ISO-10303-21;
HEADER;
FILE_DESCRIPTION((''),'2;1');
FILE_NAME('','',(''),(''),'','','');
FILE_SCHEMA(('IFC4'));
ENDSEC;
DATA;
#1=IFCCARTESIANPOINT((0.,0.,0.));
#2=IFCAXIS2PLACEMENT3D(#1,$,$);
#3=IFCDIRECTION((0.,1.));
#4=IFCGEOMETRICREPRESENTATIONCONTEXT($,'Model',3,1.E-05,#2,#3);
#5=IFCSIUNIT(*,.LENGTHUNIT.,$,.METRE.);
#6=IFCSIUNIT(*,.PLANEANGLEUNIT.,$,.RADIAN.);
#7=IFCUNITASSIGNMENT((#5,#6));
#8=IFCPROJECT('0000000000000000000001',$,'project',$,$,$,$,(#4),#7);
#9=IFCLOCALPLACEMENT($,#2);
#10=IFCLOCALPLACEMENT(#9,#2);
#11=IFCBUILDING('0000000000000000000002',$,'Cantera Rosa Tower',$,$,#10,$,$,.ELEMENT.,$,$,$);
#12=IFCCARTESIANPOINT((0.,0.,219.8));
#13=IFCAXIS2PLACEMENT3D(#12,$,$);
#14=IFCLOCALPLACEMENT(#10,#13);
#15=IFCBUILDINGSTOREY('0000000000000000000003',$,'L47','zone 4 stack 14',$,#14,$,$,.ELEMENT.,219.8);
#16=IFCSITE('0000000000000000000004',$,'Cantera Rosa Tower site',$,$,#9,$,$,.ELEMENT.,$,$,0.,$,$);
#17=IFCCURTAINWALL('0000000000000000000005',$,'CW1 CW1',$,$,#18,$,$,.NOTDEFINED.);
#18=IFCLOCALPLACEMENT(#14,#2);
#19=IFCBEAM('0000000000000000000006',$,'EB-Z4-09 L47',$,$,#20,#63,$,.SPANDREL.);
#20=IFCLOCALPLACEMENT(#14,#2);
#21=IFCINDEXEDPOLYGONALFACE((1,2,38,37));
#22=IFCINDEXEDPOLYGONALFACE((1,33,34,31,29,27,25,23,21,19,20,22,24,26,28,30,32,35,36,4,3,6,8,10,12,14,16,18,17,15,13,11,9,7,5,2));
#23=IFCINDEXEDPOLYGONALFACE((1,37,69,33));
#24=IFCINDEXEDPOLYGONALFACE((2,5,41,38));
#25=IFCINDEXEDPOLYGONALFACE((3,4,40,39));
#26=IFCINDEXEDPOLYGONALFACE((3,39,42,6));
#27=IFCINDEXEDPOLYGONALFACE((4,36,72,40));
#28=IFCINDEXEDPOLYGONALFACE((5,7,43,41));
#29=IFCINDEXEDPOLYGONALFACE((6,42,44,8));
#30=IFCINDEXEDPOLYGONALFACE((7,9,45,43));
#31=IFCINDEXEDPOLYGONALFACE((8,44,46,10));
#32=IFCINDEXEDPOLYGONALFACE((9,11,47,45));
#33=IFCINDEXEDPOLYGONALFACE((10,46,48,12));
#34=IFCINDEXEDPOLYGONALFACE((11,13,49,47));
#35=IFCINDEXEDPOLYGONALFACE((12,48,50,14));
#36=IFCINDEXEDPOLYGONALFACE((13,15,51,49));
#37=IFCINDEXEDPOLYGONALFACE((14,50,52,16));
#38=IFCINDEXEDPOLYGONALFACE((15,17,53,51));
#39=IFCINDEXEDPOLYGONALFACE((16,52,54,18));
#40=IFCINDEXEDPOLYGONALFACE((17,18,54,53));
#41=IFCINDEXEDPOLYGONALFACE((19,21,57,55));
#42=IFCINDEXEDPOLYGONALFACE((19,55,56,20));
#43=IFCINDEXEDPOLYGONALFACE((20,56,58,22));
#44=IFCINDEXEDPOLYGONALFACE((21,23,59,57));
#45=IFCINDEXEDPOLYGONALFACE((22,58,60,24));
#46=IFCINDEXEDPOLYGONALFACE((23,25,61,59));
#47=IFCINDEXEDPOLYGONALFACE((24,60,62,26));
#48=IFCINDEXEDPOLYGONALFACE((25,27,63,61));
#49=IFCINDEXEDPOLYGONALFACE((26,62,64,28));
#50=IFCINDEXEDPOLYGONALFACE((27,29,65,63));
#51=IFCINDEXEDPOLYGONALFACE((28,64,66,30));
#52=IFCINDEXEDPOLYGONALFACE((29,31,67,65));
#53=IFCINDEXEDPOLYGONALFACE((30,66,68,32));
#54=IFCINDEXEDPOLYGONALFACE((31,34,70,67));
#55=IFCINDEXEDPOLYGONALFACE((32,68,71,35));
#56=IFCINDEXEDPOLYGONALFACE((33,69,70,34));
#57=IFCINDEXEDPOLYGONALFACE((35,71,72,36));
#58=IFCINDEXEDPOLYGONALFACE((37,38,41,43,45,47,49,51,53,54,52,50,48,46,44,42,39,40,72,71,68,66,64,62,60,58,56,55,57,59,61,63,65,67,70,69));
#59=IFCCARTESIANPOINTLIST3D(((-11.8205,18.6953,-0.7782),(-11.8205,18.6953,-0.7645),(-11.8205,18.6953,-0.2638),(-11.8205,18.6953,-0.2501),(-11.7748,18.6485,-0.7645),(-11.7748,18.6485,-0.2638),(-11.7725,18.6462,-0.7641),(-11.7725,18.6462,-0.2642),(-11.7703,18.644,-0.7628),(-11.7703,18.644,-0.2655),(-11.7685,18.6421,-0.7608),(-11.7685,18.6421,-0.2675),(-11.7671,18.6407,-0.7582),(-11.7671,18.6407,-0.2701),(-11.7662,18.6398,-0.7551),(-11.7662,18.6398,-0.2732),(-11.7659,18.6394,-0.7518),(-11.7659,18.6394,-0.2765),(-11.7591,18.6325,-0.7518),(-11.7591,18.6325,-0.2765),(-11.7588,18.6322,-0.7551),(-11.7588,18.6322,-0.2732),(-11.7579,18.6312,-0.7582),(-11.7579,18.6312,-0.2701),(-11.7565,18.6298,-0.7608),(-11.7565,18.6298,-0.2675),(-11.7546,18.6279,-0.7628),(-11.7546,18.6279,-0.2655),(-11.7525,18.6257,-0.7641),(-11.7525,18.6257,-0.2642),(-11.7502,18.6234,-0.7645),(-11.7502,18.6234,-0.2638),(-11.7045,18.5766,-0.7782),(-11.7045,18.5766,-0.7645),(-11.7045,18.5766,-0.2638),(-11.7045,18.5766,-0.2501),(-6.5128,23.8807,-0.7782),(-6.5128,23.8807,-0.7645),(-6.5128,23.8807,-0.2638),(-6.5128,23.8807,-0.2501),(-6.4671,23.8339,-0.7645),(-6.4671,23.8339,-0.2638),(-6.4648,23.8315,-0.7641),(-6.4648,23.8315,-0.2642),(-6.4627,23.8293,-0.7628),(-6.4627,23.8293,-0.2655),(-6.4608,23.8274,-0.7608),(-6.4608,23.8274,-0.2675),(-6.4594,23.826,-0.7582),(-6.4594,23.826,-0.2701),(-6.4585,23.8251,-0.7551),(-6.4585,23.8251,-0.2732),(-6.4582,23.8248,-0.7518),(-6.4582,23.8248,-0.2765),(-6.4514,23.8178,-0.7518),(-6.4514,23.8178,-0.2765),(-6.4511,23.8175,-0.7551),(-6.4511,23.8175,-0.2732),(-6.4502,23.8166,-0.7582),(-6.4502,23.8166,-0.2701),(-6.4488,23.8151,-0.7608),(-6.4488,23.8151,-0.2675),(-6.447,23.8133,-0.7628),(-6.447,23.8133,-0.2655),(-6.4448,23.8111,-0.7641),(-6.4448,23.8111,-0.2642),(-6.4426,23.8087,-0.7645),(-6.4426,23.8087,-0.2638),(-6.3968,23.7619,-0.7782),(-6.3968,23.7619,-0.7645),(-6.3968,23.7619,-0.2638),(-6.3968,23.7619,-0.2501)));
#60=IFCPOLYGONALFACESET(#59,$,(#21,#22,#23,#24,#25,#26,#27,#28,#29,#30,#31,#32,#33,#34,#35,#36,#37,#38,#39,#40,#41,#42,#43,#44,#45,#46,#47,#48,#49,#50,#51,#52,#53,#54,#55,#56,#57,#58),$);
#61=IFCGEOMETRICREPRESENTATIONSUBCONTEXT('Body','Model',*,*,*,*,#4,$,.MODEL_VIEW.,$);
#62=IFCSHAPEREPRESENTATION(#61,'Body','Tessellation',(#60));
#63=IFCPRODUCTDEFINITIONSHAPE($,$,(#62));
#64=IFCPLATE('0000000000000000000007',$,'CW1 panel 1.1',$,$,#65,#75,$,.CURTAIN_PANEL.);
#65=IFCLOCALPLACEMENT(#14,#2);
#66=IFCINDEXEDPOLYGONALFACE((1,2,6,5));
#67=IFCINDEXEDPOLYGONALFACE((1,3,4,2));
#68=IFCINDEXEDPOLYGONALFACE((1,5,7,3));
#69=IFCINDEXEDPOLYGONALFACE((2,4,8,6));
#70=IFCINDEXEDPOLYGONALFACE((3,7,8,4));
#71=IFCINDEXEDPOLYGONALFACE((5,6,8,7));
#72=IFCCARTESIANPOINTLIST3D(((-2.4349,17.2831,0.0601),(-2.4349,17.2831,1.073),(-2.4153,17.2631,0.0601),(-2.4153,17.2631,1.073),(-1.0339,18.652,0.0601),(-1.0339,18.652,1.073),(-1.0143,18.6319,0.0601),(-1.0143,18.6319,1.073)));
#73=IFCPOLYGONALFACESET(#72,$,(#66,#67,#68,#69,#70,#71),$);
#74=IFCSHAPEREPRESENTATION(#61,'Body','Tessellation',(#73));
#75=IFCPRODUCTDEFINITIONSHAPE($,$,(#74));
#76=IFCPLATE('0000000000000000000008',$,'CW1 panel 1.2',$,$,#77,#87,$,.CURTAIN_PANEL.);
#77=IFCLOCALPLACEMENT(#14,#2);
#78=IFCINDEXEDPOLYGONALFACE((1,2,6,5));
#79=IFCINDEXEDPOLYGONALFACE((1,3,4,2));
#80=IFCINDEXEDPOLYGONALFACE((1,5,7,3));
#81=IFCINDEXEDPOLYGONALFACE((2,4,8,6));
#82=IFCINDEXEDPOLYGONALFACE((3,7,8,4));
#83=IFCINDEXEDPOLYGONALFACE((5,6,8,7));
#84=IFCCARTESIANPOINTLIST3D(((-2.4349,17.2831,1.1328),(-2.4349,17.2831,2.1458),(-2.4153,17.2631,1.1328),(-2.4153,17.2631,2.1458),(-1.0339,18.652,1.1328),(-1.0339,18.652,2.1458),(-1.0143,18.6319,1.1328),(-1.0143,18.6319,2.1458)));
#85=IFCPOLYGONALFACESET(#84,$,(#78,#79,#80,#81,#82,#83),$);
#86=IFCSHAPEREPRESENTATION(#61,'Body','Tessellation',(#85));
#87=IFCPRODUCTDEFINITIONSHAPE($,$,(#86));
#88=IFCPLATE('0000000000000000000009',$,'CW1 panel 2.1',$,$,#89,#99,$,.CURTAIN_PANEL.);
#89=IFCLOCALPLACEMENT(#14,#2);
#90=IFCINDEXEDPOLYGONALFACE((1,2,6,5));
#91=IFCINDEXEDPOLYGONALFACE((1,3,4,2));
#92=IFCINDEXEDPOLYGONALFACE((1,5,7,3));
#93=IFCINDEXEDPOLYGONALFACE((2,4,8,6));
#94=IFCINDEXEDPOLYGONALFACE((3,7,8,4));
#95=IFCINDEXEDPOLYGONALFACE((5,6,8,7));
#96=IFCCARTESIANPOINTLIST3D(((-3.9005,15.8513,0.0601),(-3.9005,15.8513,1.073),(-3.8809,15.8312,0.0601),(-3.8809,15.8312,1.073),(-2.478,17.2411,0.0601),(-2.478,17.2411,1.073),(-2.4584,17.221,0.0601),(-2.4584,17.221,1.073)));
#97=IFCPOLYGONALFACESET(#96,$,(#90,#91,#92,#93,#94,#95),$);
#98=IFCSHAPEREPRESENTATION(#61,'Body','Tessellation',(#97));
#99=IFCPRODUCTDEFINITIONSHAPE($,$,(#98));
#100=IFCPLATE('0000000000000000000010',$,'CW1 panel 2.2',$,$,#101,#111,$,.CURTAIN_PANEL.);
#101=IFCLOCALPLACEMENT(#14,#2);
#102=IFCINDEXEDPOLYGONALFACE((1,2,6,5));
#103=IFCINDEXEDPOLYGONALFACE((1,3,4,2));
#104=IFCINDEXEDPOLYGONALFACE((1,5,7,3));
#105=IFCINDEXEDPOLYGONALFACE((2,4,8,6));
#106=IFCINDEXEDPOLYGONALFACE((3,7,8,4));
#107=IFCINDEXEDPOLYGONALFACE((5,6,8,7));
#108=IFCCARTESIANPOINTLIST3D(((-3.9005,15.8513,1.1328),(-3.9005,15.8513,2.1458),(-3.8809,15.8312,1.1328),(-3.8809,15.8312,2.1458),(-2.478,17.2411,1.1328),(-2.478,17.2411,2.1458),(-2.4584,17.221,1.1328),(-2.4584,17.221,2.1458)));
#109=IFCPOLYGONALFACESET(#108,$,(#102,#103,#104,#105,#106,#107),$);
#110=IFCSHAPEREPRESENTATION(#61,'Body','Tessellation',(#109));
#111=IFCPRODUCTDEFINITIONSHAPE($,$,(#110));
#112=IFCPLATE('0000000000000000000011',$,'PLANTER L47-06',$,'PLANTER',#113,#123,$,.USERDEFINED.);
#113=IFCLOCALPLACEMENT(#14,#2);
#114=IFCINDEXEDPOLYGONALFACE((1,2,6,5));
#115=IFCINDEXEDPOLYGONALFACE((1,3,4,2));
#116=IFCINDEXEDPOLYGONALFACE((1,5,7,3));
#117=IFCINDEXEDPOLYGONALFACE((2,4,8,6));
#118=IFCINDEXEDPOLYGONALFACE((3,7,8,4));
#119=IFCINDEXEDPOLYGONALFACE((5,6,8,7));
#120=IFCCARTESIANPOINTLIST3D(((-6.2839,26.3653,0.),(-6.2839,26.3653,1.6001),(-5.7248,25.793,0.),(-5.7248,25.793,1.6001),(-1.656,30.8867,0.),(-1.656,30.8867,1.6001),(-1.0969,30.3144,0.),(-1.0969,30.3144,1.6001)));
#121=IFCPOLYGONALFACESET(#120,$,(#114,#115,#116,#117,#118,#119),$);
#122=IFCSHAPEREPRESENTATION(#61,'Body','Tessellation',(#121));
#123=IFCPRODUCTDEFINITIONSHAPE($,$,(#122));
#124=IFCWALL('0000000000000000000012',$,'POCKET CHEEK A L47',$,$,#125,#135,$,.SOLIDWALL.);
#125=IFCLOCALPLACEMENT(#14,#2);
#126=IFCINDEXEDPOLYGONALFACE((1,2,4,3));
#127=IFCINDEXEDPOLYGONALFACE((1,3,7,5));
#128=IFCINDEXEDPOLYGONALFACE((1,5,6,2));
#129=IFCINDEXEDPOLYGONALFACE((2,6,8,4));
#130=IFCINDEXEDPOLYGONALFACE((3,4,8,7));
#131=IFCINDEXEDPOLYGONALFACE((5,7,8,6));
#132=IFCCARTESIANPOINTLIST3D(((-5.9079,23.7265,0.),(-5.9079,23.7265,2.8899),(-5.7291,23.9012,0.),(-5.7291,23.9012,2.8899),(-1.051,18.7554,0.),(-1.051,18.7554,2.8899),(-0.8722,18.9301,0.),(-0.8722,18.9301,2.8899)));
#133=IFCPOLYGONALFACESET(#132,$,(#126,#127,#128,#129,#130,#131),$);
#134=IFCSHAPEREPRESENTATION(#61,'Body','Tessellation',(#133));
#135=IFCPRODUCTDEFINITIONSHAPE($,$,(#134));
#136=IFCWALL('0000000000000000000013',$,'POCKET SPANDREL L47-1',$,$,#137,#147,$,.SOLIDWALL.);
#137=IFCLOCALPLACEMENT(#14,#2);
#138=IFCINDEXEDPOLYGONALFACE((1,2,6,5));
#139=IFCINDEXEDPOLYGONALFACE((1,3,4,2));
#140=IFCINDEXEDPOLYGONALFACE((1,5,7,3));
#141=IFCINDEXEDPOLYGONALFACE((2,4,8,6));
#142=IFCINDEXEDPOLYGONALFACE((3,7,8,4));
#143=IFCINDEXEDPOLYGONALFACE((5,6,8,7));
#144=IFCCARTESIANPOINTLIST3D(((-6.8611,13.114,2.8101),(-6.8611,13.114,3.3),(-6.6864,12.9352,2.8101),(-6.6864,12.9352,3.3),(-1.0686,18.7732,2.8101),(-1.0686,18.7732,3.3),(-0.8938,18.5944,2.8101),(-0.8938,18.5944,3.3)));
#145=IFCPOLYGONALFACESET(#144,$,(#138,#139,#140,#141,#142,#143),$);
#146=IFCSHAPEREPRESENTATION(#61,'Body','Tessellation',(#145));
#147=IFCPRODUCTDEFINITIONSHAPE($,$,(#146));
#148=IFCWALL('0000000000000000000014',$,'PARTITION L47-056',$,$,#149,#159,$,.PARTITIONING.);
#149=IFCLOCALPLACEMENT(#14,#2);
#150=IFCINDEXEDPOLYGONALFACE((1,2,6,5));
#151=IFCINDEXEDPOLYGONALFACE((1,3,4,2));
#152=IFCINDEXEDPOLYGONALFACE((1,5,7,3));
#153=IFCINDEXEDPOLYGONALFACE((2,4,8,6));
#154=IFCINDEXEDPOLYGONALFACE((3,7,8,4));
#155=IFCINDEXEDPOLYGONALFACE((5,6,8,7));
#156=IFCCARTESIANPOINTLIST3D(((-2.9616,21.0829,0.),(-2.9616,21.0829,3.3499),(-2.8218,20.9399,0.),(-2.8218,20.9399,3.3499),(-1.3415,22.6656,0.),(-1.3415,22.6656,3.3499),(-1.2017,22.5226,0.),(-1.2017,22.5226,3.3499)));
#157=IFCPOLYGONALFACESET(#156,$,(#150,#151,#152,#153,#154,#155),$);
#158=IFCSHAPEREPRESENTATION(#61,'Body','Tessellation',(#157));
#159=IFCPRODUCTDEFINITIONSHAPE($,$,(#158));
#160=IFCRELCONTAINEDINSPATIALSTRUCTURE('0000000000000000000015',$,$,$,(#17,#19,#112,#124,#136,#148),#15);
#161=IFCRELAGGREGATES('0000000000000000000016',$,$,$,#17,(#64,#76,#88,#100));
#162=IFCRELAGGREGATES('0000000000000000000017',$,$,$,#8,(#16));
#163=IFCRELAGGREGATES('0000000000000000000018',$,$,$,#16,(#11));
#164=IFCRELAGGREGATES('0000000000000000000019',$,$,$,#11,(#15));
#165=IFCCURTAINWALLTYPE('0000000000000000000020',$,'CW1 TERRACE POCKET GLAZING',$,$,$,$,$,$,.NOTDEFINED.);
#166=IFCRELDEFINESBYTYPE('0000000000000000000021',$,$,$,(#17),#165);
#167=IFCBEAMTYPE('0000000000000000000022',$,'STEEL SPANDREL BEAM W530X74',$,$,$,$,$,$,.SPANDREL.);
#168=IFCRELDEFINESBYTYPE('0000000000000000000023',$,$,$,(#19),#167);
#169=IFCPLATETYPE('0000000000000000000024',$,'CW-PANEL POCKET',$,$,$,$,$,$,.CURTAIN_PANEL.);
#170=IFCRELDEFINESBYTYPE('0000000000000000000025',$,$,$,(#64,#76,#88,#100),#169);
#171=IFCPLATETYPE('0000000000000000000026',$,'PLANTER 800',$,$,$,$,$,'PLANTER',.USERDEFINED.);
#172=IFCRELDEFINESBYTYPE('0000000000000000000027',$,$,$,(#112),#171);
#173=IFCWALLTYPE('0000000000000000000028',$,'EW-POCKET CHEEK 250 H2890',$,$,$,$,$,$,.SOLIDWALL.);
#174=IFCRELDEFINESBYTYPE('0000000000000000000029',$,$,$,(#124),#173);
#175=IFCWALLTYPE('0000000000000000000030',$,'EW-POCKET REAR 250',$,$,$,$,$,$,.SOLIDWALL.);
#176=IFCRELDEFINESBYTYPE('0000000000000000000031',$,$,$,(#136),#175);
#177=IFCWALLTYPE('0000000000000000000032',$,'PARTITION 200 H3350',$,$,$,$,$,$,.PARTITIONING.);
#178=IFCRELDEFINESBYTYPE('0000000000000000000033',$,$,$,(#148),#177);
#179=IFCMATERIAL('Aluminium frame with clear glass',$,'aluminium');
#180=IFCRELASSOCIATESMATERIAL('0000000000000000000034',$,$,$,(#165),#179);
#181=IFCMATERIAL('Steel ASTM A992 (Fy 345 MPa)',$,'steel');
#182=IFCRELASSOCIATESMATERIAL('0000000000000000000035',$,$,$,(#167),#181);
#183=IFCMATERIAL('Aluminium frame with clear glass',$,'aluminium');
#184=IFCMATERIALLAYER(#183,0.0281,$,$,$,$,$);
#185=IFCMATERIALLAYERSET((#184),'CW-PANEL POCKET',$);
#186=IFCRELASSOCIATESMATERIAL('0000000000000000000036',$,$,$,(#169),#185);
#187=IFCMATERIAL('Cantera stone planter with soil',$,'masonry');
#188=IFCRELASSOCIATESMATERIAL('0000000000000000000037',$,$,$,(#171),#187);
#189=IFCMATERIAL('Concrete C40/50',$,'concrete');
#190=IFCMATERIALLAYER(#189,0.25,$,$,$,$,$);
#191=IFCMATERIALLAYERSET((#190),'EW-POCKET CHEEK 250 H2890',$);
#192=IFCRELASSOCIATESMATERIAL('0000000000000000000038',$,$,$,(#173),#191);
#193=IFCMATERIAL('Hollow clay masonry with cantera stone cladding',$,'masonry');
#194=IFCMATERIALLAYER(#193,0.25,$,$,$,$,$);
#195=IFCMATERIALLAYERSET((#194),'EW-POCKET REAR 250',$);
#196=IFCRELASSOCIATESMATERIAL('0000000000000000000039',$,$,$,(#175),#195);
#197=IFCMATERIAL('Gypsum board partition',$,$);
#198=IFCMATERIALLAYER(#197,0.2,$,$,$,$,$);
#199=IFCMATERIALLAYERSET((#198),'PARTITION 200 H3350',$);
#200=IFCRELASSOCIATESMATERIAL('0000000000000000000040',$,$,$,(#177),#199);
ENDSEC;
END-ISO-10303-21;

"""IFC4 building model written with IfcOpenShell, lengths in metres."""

from ifc_helpers import new_model, si_unit, direction, frame, frame_2d, origin, origin_2d, place, context, subcontext, project, spatial, rectangle, i_section, extrude, material, layer, layer_set, material_profile, profile_set, type_object, element, aggregate, save


model = new_model("IFC4")

# Units and contexts
model_context = context("Model", 3, precision=1e-05, world=origin(), true_north=direction((0.0, 1.0)))
body_context = subcontext(model_context, "Body", "Model", "MODEL_VIEW")
ifc_project = project(units=[si_unit("LENGTHUNIT", "METRE"), si_unit("PLANEANGLEUNIT", "RADIAN")], contexts=[model_context])

# Site, building, storey
site_placement = place(None, origin())
site = spatial("IfcSite", under=ifc_project, at=site_placement, Name="Cantera Rosa Tower site", CompositionType="ELEMENT", RefElevation=0.0)
building_placement = place(site_placement, origin())
building = spatial("IfcBuilding", under=site, at=building_placement, Name="Cantera Rosa Tower", CompositionType="ELEMENT")
storey_placement = place(building_placement, frame((0.0, 0.0, 219.8)))
storey = spatial("IfcBuildingStorey", under=building, at=storey_placement, Name="L47", Description="zone 4 stack 14", CompositionType="ELEMENT", Elevation=219.8)

# Curtain wall
ifc_material_1 = material(Name="Aluminium frame with clear glass", Category="aluminium")
curtain_wall_type = type_object("IfcCurtainWallType", Name="CW1 TERRACE POCKET GLAZING", PredefinedType="NOTDEFINED", material=ifc_material_1)
curtain_wall_placement = place(storey_placement, origin())
curtain_wall = element("IfcCurtainWall", 1, at=curtain_wall_placement, inside=storey, type_object=curtain_wall_type, Name="CW1 CW1", PredefinedType="NOTDEFINED")

# Beam
ifc_material_2 = material(Name="Steel ASTM A992 (Fy 345 MPa)", Category="steel")
ifc_material_profile_1 = material_profile(ifc_material_2, i_section(OverallWidth=0.166, OverallDepth=0.5281, WebThickness=0.0098, FlangeThickness=0.0137, FilletRadius=0.0127, at=origin_2d()), Name="W530X74")
ifc_profile_set_1 = profile_set([ifc_material_profile_1], Name="Steel ASTM A992 (Fy 345 MPa)")
beam_type_1 = type_object("IfcBeamType", Name="STEEL SPANDREL BEAM W530X74", PredefinedType="SPANDREL", material=ifc_profile_set_1)
beam_1_placement = place(storey_placement, frame((-6.4548, 23.8213, -0.5142), z_axis=(-0.715301, -0.698817, 0.0), x_axis=(0.698817, -0.715301, 0.0)))
element("IfcBeam", 2, at=beam_1_placement, inside=storey, type_object=beam_type_1, Name="EB-Z4-09 L47", PredefinedType="SPANDREL", context=body_context, shape_type="SweptSolid", body=[
    extrude(i_section(OverallWidth=0.166, OverallDepth=0.5281, WebThickness=0.0098, FlangeThickness=0.0137, FilletRadius=0.0127, at=origin_2d()), origin(), (0.0, 0.0, 1.0), 7.4202),
])

# Plates
ifc_material_3 = material(Name="Aluminium frame with clear glass", Category="aluminium")
ifc_layer_1 = layer(ifc_material_3, 0.0281)
ifc_layer_set_1 = layer_set([ifc_layer_1], Name="CW-PANEL POCKET")
plate_type_1 = type_object("IfcPlateType", Name="CW-PANEL POCKET", PredefinedType="CURTAIN_PANEL", material=ifc_layer_set_1)
plate_1_placement = place(storey_placement, frame((-1.7246, 17.9575, 0.0601), z_axis=(0.0, 0.0, 1.0), x_axis=(-0.715286, -0.698832, 0.0)))
plate_1 = element("IfcPlate", 3, at=plate_1_placement, type_object=plate_type_1, Name="CW1 panel 1.1", PredefinedType="CURTAIN_PANEL", context=body_context, shape_type="SweptSolid", body=[
    extrude(rectangle(XDim=1.9587, YDim=0.0281, at=origin_2d()), origin(), (0.0, 0.0, 1.0), 1.0129),
])
plate_2_placement = place(storey_placement, frame((-1.7246, 17.9575, 1.1328), z_axis=(0.0, 0.0, 1.0), x_axis=(-0.715286, -0.698832, 0.0)))
plate_2 = element("IfcPlate", 4, at=plate_2_placement, type_object=plate_type_1, Name="CW1 panel 1.2", PredefinedType="CURTAIN_PANEL", context=body_context, shape_type="SweptSolid", body=[
    extrude(rectangle(XDim=1.9587, YDim=0.0281, at=origin_2d()), origin(), (0.0, 0.0, 1.0), 1.0129),
])
plate_3_placement = place(storey_placement, frame((-3.1794, 16.5361, 0.0601), z_axis=(0.0, 0.0, 1.0), x_axis=(-0.715286, -0.698832, 0.0)))
plate_3 = element("IfcPlate", 5, at=plate_3_placement, type_object=plate_type_1, Name="CW1 panel 2.1", PredefinedType="CURTAIN_PANEL", context=body_context, shape_type="SweptSolid", body=[
    extrude(rectangle(XDim=1.9888, YDim=0.0281, at=origin_2d()), origin(), (0.0, 0.0, 1.0), 1.0129),
])
plate_4_placement = place(storey_placement, frame((-3.1794, 16.5361, 1.1328), z_axis=(0.0, 0.0, 1.0), x_axis=(-0.715286, -0.698832, 0.0)))
plate_4 = element("IfcPlate", 6, at=plate_4_placement, type_object=plate_type_1, Name="CW1 panel 2.2", PredefinedType="CURTAIN_PANEL", context=body_context, shape_type="SweptSolid", body=[
    extrude(rectangle(XDim=1.9888, YDim=0.0281, at=origin_2d()), origin(), (0.0, 0.0, 1.0), 1.0129),
])
aggregate(curtain_wall, [plate_1, plate_2, plate_3, plate_4])
ifc_material_4 = material(Name="Cantera stone planter with soil", Category="masonry")
plate_type_2 = type_object("IfcPlateType", Name="PLANTER 800", ElementType="PLANTER", PredefinedType="USERDEFINED", material=ifc_material_4)
plate_5_placement = place(storey_placement, frame((-3.6904, 28.3398, 0.0), z_axis=(0.0, 0.0, 1.0), x_axis=(-0.715286, -0.698832, 0.0)))
element("IfcPlate", 7, at=plate_5_placement, inside=storey, type_object=plate_type_2, Name="PLANTER L47-06", ObjectType="PLANTER", PredefinedType="USERDEFINED", context=body_context, shape_type="SweptSolid", body=[
    extrude(rectangle(XDim=6.47, YDim=0.8, at=origin_2d()), origin(), (0.0, 0.0, 1.0), 1.6001),
])

# Walls
ifc_material_5 = material(Name="Concrete C40/50", Category="concrete")
ifc_layer_2 = layer(ifc_material_5, 0.25)
ifc_layer_set_2 = layer_set([ifc_layer_2], Name="EW-POCKET CHEEK 250 H2890")
wall_type_1 = type_object("IfcWallType", Name="EW-POCKET CHEEK 250 H2890", PredefinedType="SOLIDWALL", material=ifc_layer_set_2)
wall_1_placement = place(storey_placement, frame((-5.8186, 23.814, 0.0), z_axis=(0.0, 0.0, 1.0), x_axis=(0.698839, -0.715279, 0.0)))
element("IfcWall", 8, at=wall_1_placement, inside=storey, type_object=wall_type_1, Name="POCKET CHEEK A L47", PredefinedType="SOLIDWALL", context=body_context, shape_type="SweptSolid", body=[
    extrude(rectangle(XDim=6.95, YDim=0.25, at=frame_2d((3.4751, 0.0))), origin(), (0.0, 0.0, 1.0), 2.8899),
])
ifc_material_6 = material(Name="Hollow clay masonry with cantera stone cladding", Category="masonry")
ifc_layer_3 = layer(ifc_material_6, 0.25)
ifc_layer_set_3 = layer_set([ifc_layer_3], Name="EW-POCKET REAR 250")
wall_type_2 = type_object("IfcWallType", Name="EW-POCKET REAR 250", PredefinedType="SOLIDWALL", material=ifc_layer_set_3)
wall_2_placement = place(storey_placement, frame((-0.9812, 18.6838, 2.8101), z_axis=(0.0, 0.0, 1.0), x_axis=(-0.715289, -0.698829, 0.0)))
element("IfcWall", 9, at=wall_2_placement, inside=storey, type_object=wall_type_2, Name="POCKET SPANDREL L47-1", PredefinedType="SOLIDWALL", context=body_context, shape_type="SweptSolid", body=[
    extrude(rectangle(XDim=8.0981, YDim=0.25, at=frame_2d((4.0491, 0.0))), origin(), (0.0, 0.0, 1.0), 0.49),
])
ifc_material_7 = material(Name="Gypsum board partition")
ifc_layer_4 = layer(ifc_material_7, 0.2)
ifc_layer_set_4 = layer_set([ifc_layer_4], Name="PARTITION 200 H3350")
wall_type_3 = type_object("IfcWallType", Name="PARTITION 200 H3350", PredefinedType="PARTITIONING", material=ifc_layer_set_4)
wall_3_placement = place(storey_placement, frame((-2.8916, 21.0115, 0.0), z_axis=(0.0, 0.0, 1.0), x_axis=(0.715305, 0.698813, 0.0)))
element("IfcWall", 10, at=wall_3_placement, inside=storey, type_object=wall_type_3, Name="PARTITION L47-056", PredefinedType="PARTITIONING", context=body_context, shape_type="SweptSolid", body=[
    extrude(rectangle(XDim=2.2649, YDim=0.2, at=frame_2d((1.1323, 0.0))), origin(), (0.0, 0.0, 1.0), 3.3499),
])

save(model, "model.ifc")
